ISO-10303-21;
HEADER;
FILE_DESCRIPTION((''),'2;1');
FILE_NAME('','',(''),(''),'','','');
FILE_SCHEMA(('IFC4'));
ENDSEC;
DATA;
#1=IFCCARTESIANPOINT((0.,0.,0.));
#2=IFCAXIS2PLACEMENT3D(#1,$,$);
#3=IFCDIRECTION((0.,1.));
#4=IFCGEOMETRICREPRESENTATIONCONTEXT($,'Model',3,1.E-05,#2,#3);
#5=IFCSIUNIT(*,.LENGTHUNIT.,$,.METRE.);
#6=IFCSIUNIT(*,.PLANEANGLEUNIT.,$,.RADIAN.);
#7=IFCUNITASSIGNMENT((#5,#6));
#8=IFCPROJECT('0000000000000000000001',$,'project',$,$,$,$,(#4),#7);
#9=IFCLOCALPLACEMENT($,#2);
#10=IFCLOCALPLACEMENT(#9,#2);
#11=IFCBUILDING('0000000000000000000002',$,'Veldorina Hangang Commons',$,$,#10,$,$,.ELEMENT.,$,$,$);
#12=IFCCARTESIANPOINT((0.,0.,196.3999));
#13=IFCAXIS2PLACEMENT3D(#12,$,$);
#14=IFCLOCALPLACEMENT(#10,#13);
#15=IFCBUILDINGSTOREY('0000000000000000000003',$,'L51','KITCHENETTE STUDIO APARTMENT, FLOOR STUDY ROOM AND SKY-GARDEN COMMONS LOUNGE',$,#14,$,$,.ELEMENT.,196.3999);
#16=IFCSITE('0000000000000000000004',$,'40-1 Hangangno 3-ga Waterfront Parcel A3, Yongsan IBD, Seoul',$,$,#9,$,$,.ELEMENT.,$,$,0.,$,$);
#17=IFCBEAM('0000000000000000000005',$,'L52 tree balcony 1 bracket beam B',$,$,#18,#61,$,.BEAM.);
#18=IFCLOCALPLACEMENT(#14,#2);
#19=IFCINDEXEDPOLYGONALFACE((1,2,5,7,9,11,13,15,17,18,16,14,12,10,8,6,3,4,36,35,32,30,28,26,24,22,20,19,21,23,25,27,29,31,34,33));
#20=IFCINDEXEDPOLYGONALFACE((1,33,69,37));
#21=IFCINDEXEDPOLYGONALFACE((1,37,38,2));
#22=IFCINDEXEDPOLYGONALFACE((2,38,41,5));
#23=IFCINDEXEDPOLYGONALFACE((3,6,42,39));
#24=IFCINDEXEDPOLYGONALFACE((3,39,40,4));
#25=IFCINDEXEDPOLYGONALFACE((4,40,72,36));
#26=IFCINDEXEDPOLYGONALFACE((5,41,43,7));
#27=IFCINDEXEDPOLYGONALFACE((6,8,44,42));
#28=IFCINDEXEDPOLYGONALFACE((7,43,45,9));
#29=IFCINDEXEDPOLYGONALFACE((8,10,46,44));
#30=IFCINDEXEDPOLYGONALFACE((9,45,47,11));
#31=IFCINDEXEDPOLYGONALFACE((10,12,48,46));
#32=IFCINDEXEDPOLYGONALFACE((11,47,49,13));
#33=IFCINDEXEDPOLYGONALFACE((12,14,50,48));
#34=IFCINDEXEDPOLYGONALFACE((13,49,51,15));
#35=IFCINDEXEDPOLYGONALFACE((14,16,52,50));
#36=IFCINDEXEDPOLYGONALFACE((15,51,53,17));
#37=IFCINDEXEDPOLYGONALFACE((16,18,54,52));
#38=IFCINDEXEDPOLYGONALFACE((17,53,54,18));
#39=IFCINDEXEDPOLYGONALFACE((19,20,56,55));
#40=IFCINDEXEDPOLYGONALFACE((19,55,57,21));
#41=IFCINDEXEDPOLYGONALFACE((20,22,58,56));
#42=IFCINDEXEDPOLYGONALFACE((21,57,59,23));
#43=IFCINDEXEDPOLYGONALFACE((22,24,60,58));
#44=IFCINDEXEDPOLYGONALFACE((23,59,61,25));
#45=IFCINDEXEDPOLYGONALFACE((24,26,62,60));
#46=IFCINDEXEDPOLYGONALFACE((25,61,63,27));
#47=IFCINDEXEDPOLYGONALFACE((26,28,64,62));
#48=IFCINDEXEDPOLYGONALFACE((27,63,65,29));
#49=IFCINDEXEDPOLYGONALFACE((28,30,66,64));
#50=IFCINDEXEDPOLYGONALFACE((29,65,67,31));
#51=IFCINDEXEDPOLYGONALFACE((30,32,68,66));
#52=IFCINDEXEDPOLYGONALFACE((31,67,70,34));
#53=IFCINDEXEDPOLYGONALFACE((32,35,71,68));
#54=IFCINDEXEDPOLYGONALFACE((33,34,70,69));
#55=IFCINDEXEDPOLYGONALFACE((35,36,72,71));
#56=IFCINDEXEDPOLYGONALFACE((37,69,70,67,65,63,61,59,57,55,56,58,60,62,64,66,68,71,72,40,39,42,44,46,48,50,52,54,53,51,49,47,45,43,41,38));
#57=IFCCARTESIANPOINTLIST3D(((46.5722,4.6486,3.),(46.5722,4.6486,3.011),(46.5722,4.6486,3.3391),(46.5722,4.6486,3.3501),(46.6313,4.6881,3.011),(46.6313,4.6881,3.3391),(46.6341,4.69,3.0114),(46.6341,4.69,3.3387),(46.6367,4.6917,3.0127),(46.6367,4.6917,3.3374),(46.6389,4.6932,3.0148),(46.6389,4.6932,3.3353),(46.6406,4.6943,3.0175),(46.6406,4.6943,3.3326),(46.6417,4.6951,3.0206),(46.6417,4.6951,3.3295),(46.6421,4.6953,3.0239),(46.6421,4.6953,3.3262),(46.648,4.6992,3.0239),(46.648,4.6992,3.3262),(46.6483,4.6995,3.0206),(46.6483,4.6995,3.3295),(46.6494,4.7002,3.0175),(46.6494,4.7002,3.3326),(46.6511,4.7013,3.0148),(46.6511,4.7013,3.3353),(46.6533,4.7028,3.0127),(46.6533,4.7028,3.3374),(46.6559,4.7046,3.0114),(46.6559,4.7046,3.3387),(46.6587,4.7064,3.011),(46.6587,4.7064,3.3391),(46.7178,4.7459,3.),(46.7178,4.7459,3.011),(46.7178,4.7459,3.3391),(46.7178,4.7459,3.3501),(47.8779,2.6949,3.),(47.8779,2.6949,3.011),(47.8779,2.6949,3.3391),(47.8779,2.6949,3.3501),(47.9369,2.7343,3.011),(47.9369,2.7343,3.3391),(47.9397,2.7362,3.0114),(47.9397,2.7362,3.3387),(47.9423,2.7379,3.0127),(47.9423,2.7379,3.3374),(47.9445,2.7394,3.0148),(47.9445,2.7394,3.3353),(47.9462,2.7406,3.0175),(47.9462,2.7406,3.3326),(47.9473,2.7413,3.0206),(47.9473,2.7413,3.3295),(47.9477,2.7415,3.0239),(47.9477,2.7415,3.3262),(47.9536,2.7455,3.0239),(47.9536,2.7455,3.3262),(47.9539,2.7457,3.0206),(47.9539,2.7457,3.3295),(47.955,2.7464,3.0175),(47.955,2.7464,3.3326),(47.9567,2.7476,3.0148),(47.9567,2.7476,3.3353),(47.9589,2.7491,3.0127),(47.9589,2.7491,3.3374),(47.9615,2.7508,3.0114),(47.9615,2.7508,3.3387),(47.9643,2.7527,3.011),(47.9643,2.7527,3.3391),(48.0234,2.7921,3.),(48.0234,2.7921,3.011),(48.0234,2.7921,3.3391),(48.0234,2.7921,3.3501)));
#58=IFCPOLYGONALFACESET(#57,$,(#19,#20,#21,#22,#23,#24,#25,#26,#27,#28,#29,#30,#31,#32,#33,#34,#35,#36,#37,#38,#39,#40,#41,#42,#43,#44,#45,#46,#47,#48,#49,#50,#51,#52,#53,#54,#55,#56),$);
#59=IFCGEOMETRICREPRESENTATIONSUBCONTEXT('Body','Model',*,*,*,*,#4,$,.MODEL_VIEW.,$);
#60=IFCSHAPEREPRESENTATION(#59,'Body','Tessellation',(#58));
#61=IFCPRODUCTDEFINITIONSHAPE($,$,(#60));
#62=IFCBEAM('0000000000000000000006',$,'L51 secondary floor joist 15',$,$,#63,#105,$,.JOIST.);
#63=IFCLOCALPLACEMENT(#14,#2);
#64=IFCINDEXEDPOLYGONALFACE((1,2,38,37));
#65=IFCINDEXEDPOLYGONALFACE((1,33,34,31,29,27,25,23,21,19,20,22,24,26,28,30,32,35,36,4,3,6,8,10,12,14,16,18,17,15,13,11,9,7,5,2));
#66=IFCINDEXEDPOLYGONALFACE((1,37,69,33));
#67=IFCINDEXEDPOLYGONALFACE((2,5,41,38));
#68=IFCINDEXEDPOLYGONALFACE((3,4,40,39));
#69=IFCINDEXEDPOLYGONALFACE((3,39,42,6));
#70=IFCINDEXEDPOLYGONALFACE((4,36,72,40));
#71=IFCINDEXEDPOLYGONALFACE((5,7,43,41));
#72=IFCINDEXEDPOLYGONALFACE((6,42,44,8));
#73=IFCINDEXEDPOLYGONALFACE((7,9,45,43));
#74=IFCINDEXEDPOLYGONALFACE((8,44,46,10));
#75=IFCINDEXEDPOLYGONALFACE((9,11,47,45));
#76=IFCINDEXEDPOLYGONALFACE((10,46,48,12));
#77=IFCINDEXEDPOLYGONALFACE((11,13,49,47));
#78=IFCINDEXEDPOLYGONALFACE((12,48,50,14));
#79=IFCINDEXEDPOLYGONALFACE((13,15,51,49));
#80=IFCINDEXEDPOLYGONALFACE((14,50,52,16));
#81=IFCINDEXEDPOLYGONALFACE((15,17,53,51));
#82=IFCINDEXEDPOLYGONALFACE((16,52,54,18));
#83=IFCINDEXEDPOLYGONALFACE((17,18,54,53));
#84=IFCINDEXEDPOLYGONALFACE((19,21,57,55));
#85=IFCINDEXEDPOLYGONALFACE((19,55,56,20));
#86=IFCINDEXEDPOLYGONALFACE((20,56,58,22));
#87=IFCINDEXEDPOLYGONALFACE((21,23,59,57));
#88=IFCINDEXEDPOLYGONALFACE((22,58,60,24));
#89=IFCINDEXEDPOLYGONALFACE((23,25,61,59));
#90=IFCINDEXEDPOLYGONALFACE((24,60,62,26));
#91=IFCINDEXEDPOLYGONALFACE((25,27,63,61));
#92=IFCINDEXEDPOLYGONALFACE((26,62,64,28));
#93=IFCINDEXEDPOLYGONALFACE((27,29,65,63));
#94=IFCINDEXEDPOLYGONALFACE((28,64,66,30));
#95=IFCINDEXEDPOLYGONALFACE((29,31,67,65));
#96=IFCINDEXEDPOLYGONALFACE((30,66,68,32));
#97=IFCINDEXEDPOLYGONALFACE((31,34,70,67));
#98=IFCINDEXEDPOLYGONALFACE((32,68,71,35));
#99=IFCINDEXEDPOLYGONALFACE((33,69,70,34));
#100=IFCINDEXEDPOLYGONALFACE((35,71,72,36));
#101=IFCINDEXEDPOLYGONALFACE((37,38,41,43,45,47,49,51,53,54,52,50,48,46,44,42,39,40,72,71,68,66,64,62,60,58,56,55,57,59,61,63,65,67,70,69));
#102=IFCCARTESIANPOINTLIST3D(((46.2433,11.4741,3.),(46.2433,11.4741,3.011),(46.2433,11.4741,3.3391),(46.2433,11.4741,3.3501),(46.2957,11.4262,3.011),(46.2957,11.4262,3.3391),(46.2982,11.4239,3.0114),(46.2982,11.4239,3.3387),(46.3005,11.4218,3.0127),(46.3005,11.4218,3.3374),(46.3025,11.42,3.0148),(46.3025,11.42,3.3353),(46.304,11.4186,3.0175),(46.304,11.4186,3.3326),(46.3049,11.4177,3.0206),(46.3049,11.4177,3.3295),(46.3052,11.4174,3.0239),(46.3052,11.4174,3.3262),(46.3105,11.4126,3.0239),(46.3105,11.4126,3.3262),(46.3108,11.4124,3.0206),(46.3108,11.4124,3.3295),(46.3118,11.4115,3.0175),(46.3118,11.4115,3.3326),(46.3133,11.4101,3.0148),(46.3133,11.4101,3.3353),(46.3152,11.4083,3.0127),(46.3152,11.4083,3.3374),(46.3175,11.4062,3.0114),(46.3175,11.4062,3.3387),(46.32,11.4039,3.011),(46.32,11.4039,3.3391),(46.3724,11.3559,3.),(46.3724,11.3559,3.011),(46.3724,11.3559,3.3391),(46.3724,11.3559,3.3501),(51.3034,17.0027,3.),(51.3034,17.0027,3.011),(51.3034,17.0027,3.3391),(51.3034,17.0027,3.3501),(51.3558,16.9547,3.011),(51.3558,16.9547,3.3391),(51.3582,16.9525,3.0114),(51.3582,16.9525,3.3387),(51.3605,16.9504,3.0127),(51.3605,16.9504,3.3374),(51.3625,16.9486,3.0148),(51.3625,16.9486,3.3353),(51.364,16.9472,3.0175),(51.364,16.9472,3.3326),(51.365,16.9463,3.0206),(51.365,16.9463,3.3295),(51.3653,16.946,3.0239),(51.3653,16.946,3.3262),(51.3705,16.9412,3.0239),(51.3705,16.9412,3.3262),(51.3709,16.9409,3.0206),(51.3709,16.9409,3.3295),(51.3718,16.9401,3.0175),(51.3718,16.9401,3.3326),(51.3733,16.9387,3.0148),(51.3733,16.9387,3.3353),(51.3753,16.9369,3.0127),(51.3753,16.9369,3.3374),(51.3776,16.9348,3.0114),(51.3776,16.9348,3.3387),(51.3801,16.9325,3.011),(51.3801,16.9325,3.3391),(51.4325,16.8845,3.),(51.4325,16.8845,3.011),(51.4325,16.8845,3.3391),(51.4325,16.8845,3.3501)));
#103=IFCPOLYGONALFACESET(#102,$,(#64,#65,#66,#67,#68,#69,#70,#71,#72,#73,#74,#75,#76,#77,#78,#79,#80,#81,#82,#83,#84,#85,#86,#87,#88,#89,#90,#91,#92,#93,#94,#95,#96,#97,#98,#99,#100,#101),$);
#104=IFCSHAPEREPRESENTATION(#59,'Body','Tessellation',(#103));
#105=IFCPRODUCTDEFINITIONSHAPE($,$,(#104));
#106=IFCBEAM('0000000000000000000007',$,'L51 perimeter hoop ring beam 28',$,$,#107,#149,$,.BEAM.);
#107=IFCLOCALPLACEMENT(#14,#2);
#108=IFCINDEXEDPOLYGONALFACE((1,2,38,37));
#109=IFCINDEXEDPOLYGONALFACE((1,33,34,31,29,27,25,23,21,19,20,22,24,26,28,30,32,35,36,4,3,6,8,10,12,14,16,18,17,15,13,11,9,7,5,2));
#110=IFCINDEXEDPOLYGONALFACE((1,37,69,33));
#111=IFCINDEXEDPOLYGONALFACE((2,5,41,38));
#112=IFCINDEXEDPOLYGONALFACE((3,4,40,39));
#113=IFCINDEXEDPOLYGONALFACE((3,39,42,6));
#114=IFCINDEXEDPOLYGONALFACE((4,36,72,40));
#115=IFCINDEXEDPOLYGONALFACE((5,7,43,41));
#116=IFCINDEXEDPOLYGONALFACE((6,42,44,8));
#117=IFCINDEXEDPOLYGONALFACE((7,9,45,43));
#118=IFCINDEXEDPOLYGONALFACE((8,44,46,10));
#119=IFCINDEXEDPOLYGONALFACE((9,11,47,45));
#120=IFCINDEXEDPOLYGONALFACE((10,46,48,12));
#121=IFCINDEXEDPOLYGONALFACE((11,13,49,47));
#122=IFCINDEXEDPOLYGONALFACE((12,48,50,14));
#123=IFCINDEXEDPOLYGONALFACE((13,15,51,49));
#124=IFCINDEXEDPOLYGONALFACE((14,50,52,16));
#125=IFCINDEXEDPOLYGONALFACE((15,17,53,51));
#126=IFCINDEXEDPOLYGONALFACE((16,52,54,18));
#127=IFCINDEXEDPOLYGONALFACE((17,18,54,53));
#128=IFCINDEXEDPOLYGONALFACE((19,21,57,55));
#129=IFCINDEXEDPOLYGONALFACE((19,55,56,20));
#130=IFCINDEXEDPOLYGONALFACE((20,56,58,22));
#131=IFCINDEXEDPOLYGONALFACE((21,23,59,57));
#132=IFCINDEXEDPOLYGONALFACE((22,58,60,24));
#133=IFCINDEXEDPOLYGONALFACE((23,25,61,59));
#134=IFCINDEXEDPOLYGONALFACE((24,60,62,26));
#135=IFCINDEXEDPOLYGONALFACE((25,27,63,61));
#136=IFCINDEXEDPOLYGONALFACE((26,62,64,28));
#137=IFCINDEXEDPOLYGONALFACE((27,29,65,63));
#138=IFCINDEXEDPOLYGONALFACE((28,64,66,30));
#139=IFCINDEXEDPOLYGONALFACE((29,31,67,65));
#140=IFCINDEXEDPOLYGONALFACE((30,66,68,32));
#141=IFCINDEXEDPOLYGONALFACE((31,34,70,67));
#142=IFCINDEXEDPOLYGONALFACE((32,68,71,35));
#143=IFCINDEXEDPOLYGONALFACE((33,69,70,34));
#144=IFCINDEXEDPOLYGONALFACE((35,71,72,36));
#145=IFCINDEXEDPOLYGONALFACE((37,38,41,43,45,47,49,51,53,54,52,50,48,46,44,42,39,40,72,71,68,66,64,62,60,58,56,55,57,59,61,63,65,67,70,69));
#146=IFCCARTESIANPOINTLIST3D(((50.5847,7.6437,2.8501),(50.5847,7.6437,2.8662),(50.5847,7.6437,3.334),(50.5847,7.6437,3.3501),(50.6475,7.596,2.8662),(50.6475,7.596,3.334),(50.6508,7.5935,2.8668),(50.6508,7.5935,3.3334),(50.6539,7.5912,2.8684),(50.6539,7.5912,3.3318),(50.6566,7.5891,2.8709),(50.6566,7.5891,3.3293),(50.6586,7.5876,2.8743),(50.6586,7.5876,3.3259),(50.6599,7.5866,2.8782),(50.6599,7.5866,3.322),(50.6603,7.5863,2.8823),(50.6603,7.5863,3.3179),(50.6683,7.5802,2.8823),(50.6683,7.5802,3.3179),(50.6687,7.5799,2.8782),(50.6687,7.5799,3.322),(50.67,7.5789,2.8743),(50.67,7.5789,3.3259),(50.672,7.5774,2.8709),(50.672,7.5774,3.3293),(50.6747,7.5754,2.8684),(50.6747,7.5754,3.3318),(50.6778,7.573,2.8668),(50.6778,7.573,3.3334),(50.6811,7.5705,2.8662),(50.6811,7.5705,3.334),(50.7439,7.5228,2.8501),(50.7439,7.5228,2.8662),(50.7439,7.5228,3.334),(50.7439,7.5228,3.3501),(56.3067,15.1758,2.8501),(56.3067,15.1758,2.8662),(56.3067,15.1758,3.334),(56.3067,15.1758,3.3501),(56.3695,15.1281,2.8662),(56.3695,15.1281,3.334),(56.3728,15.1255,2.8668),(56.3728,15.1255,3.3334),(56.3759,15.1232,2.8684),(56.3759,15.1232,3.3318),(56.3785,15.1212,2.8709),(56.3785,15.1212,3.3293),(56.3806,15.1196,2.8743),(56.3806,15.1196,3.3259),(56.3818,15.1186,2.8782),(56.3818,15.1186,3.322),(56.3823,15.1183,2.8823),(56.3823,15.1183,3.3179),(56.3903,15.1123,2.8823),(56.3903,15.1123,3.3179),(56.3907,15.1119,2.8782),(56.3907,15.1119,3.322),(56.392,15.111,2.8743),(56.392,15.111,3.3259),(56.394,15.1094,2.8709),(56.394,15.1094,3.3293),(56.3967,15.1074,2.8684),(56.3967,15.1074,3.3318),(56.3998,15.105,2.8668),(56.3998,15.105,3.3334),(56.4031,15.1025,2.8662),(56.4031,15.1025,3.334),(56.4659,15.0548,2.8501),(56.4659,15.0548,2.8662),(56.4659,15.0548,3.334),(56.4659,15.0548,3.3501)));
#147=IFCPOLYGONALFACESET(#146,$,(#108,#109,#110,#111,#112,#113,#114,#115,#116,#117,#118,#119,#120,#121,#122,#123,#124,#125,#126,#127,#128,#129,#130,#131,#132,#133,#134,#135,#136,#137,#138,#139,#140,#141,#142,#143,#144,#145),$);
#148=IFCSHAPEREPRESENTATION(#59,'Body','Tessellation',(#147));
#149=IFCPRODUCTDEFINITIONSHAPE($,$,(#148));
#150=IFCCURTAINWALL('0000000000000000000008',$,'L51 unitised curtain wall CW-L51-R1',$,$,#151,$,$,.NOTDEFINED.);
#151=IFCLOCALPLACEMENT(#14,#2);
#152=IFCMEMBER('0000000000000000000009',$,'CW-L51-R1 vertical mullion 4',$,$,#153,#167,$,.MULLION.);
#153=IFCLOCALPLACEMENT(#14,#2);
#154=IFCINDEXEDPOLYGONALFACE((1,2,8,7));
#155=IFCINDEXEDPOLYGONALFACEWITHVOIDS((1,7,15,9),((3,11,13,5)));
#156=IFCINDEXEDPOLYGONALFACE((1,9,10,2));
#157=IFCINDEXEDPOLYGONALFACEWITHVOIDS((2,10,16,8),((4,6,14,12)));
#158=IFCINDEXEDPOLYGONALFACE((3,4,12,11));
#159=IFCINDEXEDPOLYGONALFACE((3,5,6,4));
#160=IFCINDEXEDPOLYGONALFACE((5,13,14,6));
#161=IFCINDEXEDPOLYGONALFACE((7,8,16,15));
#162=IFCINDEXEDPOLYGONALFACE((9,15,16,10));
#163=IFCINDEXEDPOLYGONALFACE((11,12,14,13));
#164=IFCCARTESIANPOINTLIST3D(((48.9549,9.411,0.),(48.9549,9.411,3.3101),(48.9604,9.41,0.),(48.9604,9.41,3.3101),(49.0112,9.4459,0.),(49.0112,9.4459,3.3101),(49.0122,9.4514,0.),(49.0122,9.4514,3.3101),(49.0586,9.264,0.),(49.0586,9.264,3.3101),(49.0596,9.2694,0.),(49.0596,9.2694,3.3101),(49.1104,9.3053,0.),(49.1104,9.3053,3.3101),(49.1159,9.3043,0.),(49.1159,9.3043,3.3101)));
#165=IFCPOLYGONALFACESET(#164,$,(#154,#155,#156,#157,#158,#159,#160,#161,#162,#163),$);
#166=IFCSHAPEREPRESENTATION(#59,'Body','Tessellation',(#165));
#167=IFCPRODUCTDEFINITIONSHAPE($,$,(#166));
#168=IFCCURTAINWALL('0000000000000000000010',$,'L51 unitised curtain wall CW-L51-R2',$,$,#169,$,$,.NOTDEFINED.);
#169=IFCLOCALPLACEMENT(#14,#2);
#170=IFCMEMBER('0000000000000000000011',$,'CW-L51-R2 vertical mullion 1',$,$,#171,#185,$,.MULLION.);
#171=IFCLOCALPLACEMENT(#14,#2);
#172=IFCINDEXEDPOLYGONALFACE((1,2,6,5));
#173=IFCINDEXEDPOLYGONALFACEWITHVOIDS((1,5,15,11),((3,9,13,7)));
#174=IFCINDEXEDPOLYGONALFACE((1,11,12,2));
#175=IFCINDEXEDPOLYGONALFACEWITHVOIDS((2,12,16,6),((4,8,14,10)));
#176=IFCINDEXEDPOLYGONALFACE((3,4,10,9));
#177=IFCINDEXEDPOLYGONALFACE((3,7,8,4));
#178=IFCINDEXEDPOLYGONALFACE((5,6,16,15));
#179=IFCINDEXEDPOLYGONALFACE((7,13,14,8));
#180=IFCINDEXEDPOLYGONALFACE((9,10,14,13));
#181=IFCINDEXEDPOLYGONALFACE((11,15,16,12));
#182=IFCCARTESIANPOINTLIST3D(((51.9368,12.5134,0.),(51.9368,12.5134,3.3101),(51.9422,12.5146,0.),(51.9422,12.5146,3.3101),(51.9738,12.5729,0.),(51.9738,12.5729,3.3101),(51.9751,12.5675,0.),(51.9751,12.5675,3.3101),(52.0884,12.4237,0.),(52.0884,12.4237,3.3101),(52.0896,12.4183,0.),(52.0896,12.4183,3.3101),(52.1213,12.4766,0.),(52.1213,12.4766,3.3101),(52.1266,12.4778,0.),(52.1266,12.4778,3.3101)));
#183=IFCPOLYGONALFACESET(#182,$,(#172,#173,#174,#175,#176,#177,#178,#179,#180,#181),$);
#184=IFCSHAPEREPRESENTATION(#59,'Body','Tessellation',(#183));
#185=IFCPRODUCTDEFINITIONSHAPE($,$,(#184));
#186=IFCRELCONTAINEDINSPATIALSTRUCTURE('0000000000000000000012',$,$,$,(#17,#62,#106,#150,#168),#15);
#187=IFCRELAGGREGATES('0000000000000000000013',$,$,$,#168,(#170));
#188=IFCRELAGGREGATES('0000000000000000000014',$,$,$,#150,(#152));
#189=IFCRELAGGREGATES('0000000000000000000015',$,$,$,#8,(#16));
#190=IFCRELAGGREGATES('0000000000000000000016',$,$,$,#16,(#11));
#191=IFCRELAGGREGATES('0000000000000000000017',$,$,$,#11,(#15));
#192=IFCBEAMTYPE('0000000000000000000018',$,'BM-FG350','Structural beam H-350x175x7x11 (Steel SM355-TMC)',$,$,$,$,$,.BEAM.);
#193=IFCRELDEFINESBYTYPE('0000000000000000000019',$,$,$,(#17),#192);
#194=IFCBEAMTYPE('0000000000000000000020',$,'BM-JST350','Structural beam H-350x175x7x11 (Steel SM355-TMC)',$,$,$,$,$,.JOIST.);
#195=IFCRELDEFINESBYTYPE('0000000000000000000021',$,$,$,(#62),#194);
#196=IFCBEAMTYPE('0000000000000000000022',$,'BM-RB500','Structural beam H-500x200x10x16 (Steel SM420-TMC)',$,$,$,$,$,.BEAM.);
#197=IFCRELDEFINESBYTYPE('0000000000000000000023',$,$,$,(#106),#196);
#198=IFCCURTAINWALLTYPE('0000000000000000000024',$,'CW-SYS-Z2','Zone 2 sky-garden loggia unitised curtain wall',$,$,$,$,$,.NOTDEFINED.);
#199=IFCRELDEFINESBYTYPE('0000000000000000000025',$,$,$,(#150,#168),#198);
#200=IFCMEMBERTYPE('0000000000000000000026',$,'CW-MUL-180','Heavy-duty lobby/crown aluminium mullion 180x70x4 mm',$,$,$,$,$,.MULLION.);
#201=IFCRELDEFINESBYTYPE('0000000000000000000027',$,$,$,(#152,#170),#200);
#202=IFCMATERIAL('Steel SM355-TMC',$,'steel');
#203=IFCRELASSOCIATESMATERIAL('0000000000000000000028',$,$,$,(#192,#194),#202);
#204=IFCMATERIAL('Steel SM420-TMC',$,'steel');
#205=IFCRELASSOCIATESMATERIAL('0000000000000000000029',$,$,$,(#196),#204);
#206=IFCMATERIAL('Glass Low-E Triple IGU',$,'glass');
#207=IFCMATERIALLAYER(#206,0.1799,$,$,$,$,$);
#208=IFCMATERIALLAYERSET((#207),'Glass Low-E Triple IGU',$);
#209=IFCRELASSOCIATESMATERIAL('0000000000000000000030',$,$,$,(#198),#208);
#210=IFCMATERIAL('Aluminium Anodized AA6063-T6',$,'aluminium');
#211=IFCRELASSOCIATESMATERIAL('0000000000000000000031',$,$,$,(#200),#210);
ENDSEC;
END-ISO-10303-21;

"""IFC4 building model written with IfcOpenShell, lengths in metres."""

from ifc_helpers import new_model, si_unit, direction, frame, origin, origin_2d, place, context, subcontext, project, spatial, hollow_rectangle, i_section, extrude, material, layer, layer_set, material_profile, profile_set, type_object, element, aggregate, save


model = new_model("IFC4")

# Units and contexts
model_context = context("Model", 3, precision=1e-05, world=origin(), true_north=direction((0.0, 1.0)))
body_context = subcontext(model_context, "Body", "Model", "MODEL_VIEW")
ifc_project = project(units=[si_unit("LENGTHUNIT", "METRE"), si_unit("PLANEANGLEUNIT", "RADIAN")], contexts=[model_context])

# Site, building, storey
site_placement = place(None, origin())
site = spatial("IfcSite", under=ifc_project, at=site_placement, Name="40-1 Hangangno 3-ga Waterfront Parcel A3, Yongsan IBD, Seoul", CompositionType="ELEMENT", RefElevation=0.0)
building_placement = place(site_placement, origin())
building = spatial("IfcBuilding", under=site, at=building_placement, Name="Veldorina Hangang Commons", CompositionType="ELEMENT")
storey_placement = place(building_placement, frame((0.0, 0.0, 196.3999)))
storey = spatial("IfcBuildingStorey", under=building, at=storey_placement, Name="L51", Description="KITCHENETTE STUDIO APARTMENT, FLOOR STUDY ROOM AND SKY-GARDEN COMMONS LOUNGE", CompositionType="ELEMENT", Elevation=196.3999)

# Beams
ifc_material_1 = material(Name="Steel SM355-TMC", Category="steel")
ifc_material_profile_1 = material_profile(ifc_material_1, i_section(OverallWidth=0.175, OverallDepth=0.3501, WebThickness=0.0071, FlangeThickness=0.011, FilletRadius=0.0129, at=origin_2d()), Name="H-350x175x7x11")
ifc_profile_set_1 = profile_set([ifc_material_profile_1], Name="Steel SM355-TMC")
beam_type_1 = type_object("IfcBeamType", Name="BM-FG350", Description="Structural beam H-350x175x7x11 (Steel SM355-TMC)", PredefinedType="BEAM", material=ifc_profile_set_1)
beam_1_placement = place(storey_placement, frame((46.645, 4.6973, 3.175), z_axis=(0.555611, -0.831442, 0.0), x_axis=(0.831442, 0.555611, 0.0)))
element("IfcBeam", 1, at=beam_1_placement, inside=storey, type_object=beam_type_1, Name="L52 tree balcony 1 bracket beam B", PredefinedType="BEAM", context=body_context, shape_type="SweptSolid", body=[
    extrude(i_section(OverallWidth=0.175, OverallDepth=0.3501, WebThickness=0.0071, FlangeThickness=0.011, FilletRadius=0.0129, at=origin_2d()), origin(), (0.0, 0.0, 1.0), 2.3499),
])
ifc_material_profile_2 = material_profile(ifc_material_1, i_section(OverallWidth=0.175, OverallDepth=0.3501, WebThickness=0.0071, FlangeThickness=0.011, FilletRadius=0.0129, at=origin_2d()), Name="H-350x175x7x11")
ifc_profile_set_2 = profile_set([ifc_material_profile_2], Name="Steel SM355-TMC")
beam_type_2 = type_object("IfcBeamType", Name="BM-JST350", Description="Structural beam H-350x175x7x11 (Steel SM355-TMC)", PredefinedType="JOIST", material=ifc_profile_set_2)
beam_2_placement = place(storey_placement, frame((46.3079, 11.415, 3.175), z_axis=(0.675159, 0.737672, 0.0), x_axis=(-0.737672, 0.675159, 0.0)))
element("IfcBeam", 2, at=beam_2_placement, inside=storey, type_object=beam_type_2, Name="L51 secondary floor joist 15", PredefinedType="JOIST", context=body_context, shape_type="SweptSolid", body=[
    extrude(i_section(OverallWidth=0.175, OverallDepth=0.3501, WebThickness=0.0071, FlangeThickness=0.011, FilletRadius=0.0129, at=origin_2d()), origin(), (0.0, 0.0, 1.0), 7.4946),
])
ifc_material_2 = material(Name="Steel SM420-TMC", Category="steel")
ifc_material_profile_3 = material_profile(ifc_material_2, i_section(OverallWidth=0.2, OverallDepth=0.5, WebThickness=0.01, FlangeThickness=0.0161, FilletRadius=0.0161, at=origin_2d()), Name="H-500x200x10x16")
ifc_profile_set_3 = profile_set([ifc_material_profile_3], Name="Steel SM420-TMC")
beam_type_3 = type_object("IfcBeamType", Name="BM-RB500", Description="Structural beam H-500x200x10x16 (Steel SM420-TMC)", PredefinedType="BEAM", material=ifc_profile_set_3)
beam_3_placement = place(storey_placement, frame((50.6643, 7.5833, 3.1001), z_axis=(0.604924, 0.796284, 0.0), x_axis=(-0.796284, 0.604924, 0.0)))
element("IfcBeam", 3, at=beam_3_placement, inside=storey, type_object=beam_type_3, Name="L51 perimeter hoop ring beam 28", PredefinedType="BEAM", context=body_context, shape_type="SweptSolid", body=[
    extrude(i_section(OverallWidth=0.2, OverallDepth=0.5, WebThickness=0.01, FlangeThickness=0.0161, FilletRadius=0.0161, at=origin_2d()), origin(), (0.0, 0.0, 1.0), 9.459),
])

# Curtain walls, members
ifc_material_3 = material(Name="Glass Low-E Triple IGU", Category="glass")
ifc_layer_1 = layer(ifc_material_3, 0.1799)
ifc_layer_set_1 = layer_set([ifc_layer_1], Name="Glass Low-E Triple IGU")
curtain_wall_type = type_object("IfcCurtainWallType", Name="CW-SYS-Z2", Description="Zone 2 sky-garden loggia unitised curtain wall", PredefinedType="NOTDEFINED", material=ifc_layer_set_1)
curtain_wall_1_placement = place(storey_placement, origin())
curtain_wall_1 = element("IfcCurtainWall", 4, at=curtain_wall_1_placement, inside=storey, type_object=curtain_wall_type, Name="L51 unitised curtain wall CW-L51-R1", PredefinedType="NOTDEFINED")
ifc_material_4 = material(Name="Aluminium Anodized AA6063-T6", Category="aluminium")
ifc_material_profile_4 = material_profile(ifc_material_4, hollow_rectangle(XDim=0.0701, YDim=0.1799, WallThickness=0.0039, at=origin_2d()), Name="ALU-RHS-180x70x4")
ifc_profile_set_4 = profile_set([ifc_material_profile_4], Name="Aluminium Anodized AA6063-T6")
member_type_1 = type_object("IfcMemberType", Name="CW-MUL-180", Description="Heavy-duty lobby/crown aluminium mullion 180x70x4 mm", PredefinedType="MULLION", material=ifc_profile_set_4)
member_1_placement = place(storey_placement, frame((49.0354, 9.3577, 0.0), z_axis=(0.0, 0.0, 1.0), x_axis=(-0.817165, -0.576404, 0.0)))
member_1 = element("IfcMember", 5, at=member_1_placement, type_object=member_type_1, Name="CW-L51-R1 vertical mullion 4", PredefinedType="MULLION", context=body_context, shape_type="SweptSolid", body=[
    extrude(hollow_rectangle(XDim=0.0701, YDim=0.1799, WallThickness=0.0039, at=origin_2d()), origin(), (0.0, 0.0, 1.0), 3.3101),
])
curtain_wall_2_placement = place(storey_placement, origin())
curtain_wall_2 = element("IfcCurtainWall", 6, at=curtain_wall_2_placement, inside=storey, type_object=curtain_wall_type, Name="L51 unitised curtain wall CW-L51-R2", PredefinedType="NOTDEFINED")
member_2_placement = place(storey_placement, frame((52.0317, 12.4956, 0.0), z_axis=(0.0, 0.0, 1.0), x_axis=(0.528083, 0.849193, 0.0)))
member_2 = element("IfcMember", 7, at=member_2_placement, type_object=member_type_1, Name="CW-L51-R2 vertical mullion 1", PredefinedType="MULLION", context=body_context, shape_type="SweptSolid", body=[
    extrude(hollow_rectangle(XDim=0.0701, YDim=0.1799, WallThickness=0.0039, at=origin_2d()), origin(), (0.0, 0.0, 1.0), 3.3101),
])

aggregate(curtain_wall_2, [member_2])

aggregate(curtain_wall_1, [member_1])

save(model, "model.ifc")
